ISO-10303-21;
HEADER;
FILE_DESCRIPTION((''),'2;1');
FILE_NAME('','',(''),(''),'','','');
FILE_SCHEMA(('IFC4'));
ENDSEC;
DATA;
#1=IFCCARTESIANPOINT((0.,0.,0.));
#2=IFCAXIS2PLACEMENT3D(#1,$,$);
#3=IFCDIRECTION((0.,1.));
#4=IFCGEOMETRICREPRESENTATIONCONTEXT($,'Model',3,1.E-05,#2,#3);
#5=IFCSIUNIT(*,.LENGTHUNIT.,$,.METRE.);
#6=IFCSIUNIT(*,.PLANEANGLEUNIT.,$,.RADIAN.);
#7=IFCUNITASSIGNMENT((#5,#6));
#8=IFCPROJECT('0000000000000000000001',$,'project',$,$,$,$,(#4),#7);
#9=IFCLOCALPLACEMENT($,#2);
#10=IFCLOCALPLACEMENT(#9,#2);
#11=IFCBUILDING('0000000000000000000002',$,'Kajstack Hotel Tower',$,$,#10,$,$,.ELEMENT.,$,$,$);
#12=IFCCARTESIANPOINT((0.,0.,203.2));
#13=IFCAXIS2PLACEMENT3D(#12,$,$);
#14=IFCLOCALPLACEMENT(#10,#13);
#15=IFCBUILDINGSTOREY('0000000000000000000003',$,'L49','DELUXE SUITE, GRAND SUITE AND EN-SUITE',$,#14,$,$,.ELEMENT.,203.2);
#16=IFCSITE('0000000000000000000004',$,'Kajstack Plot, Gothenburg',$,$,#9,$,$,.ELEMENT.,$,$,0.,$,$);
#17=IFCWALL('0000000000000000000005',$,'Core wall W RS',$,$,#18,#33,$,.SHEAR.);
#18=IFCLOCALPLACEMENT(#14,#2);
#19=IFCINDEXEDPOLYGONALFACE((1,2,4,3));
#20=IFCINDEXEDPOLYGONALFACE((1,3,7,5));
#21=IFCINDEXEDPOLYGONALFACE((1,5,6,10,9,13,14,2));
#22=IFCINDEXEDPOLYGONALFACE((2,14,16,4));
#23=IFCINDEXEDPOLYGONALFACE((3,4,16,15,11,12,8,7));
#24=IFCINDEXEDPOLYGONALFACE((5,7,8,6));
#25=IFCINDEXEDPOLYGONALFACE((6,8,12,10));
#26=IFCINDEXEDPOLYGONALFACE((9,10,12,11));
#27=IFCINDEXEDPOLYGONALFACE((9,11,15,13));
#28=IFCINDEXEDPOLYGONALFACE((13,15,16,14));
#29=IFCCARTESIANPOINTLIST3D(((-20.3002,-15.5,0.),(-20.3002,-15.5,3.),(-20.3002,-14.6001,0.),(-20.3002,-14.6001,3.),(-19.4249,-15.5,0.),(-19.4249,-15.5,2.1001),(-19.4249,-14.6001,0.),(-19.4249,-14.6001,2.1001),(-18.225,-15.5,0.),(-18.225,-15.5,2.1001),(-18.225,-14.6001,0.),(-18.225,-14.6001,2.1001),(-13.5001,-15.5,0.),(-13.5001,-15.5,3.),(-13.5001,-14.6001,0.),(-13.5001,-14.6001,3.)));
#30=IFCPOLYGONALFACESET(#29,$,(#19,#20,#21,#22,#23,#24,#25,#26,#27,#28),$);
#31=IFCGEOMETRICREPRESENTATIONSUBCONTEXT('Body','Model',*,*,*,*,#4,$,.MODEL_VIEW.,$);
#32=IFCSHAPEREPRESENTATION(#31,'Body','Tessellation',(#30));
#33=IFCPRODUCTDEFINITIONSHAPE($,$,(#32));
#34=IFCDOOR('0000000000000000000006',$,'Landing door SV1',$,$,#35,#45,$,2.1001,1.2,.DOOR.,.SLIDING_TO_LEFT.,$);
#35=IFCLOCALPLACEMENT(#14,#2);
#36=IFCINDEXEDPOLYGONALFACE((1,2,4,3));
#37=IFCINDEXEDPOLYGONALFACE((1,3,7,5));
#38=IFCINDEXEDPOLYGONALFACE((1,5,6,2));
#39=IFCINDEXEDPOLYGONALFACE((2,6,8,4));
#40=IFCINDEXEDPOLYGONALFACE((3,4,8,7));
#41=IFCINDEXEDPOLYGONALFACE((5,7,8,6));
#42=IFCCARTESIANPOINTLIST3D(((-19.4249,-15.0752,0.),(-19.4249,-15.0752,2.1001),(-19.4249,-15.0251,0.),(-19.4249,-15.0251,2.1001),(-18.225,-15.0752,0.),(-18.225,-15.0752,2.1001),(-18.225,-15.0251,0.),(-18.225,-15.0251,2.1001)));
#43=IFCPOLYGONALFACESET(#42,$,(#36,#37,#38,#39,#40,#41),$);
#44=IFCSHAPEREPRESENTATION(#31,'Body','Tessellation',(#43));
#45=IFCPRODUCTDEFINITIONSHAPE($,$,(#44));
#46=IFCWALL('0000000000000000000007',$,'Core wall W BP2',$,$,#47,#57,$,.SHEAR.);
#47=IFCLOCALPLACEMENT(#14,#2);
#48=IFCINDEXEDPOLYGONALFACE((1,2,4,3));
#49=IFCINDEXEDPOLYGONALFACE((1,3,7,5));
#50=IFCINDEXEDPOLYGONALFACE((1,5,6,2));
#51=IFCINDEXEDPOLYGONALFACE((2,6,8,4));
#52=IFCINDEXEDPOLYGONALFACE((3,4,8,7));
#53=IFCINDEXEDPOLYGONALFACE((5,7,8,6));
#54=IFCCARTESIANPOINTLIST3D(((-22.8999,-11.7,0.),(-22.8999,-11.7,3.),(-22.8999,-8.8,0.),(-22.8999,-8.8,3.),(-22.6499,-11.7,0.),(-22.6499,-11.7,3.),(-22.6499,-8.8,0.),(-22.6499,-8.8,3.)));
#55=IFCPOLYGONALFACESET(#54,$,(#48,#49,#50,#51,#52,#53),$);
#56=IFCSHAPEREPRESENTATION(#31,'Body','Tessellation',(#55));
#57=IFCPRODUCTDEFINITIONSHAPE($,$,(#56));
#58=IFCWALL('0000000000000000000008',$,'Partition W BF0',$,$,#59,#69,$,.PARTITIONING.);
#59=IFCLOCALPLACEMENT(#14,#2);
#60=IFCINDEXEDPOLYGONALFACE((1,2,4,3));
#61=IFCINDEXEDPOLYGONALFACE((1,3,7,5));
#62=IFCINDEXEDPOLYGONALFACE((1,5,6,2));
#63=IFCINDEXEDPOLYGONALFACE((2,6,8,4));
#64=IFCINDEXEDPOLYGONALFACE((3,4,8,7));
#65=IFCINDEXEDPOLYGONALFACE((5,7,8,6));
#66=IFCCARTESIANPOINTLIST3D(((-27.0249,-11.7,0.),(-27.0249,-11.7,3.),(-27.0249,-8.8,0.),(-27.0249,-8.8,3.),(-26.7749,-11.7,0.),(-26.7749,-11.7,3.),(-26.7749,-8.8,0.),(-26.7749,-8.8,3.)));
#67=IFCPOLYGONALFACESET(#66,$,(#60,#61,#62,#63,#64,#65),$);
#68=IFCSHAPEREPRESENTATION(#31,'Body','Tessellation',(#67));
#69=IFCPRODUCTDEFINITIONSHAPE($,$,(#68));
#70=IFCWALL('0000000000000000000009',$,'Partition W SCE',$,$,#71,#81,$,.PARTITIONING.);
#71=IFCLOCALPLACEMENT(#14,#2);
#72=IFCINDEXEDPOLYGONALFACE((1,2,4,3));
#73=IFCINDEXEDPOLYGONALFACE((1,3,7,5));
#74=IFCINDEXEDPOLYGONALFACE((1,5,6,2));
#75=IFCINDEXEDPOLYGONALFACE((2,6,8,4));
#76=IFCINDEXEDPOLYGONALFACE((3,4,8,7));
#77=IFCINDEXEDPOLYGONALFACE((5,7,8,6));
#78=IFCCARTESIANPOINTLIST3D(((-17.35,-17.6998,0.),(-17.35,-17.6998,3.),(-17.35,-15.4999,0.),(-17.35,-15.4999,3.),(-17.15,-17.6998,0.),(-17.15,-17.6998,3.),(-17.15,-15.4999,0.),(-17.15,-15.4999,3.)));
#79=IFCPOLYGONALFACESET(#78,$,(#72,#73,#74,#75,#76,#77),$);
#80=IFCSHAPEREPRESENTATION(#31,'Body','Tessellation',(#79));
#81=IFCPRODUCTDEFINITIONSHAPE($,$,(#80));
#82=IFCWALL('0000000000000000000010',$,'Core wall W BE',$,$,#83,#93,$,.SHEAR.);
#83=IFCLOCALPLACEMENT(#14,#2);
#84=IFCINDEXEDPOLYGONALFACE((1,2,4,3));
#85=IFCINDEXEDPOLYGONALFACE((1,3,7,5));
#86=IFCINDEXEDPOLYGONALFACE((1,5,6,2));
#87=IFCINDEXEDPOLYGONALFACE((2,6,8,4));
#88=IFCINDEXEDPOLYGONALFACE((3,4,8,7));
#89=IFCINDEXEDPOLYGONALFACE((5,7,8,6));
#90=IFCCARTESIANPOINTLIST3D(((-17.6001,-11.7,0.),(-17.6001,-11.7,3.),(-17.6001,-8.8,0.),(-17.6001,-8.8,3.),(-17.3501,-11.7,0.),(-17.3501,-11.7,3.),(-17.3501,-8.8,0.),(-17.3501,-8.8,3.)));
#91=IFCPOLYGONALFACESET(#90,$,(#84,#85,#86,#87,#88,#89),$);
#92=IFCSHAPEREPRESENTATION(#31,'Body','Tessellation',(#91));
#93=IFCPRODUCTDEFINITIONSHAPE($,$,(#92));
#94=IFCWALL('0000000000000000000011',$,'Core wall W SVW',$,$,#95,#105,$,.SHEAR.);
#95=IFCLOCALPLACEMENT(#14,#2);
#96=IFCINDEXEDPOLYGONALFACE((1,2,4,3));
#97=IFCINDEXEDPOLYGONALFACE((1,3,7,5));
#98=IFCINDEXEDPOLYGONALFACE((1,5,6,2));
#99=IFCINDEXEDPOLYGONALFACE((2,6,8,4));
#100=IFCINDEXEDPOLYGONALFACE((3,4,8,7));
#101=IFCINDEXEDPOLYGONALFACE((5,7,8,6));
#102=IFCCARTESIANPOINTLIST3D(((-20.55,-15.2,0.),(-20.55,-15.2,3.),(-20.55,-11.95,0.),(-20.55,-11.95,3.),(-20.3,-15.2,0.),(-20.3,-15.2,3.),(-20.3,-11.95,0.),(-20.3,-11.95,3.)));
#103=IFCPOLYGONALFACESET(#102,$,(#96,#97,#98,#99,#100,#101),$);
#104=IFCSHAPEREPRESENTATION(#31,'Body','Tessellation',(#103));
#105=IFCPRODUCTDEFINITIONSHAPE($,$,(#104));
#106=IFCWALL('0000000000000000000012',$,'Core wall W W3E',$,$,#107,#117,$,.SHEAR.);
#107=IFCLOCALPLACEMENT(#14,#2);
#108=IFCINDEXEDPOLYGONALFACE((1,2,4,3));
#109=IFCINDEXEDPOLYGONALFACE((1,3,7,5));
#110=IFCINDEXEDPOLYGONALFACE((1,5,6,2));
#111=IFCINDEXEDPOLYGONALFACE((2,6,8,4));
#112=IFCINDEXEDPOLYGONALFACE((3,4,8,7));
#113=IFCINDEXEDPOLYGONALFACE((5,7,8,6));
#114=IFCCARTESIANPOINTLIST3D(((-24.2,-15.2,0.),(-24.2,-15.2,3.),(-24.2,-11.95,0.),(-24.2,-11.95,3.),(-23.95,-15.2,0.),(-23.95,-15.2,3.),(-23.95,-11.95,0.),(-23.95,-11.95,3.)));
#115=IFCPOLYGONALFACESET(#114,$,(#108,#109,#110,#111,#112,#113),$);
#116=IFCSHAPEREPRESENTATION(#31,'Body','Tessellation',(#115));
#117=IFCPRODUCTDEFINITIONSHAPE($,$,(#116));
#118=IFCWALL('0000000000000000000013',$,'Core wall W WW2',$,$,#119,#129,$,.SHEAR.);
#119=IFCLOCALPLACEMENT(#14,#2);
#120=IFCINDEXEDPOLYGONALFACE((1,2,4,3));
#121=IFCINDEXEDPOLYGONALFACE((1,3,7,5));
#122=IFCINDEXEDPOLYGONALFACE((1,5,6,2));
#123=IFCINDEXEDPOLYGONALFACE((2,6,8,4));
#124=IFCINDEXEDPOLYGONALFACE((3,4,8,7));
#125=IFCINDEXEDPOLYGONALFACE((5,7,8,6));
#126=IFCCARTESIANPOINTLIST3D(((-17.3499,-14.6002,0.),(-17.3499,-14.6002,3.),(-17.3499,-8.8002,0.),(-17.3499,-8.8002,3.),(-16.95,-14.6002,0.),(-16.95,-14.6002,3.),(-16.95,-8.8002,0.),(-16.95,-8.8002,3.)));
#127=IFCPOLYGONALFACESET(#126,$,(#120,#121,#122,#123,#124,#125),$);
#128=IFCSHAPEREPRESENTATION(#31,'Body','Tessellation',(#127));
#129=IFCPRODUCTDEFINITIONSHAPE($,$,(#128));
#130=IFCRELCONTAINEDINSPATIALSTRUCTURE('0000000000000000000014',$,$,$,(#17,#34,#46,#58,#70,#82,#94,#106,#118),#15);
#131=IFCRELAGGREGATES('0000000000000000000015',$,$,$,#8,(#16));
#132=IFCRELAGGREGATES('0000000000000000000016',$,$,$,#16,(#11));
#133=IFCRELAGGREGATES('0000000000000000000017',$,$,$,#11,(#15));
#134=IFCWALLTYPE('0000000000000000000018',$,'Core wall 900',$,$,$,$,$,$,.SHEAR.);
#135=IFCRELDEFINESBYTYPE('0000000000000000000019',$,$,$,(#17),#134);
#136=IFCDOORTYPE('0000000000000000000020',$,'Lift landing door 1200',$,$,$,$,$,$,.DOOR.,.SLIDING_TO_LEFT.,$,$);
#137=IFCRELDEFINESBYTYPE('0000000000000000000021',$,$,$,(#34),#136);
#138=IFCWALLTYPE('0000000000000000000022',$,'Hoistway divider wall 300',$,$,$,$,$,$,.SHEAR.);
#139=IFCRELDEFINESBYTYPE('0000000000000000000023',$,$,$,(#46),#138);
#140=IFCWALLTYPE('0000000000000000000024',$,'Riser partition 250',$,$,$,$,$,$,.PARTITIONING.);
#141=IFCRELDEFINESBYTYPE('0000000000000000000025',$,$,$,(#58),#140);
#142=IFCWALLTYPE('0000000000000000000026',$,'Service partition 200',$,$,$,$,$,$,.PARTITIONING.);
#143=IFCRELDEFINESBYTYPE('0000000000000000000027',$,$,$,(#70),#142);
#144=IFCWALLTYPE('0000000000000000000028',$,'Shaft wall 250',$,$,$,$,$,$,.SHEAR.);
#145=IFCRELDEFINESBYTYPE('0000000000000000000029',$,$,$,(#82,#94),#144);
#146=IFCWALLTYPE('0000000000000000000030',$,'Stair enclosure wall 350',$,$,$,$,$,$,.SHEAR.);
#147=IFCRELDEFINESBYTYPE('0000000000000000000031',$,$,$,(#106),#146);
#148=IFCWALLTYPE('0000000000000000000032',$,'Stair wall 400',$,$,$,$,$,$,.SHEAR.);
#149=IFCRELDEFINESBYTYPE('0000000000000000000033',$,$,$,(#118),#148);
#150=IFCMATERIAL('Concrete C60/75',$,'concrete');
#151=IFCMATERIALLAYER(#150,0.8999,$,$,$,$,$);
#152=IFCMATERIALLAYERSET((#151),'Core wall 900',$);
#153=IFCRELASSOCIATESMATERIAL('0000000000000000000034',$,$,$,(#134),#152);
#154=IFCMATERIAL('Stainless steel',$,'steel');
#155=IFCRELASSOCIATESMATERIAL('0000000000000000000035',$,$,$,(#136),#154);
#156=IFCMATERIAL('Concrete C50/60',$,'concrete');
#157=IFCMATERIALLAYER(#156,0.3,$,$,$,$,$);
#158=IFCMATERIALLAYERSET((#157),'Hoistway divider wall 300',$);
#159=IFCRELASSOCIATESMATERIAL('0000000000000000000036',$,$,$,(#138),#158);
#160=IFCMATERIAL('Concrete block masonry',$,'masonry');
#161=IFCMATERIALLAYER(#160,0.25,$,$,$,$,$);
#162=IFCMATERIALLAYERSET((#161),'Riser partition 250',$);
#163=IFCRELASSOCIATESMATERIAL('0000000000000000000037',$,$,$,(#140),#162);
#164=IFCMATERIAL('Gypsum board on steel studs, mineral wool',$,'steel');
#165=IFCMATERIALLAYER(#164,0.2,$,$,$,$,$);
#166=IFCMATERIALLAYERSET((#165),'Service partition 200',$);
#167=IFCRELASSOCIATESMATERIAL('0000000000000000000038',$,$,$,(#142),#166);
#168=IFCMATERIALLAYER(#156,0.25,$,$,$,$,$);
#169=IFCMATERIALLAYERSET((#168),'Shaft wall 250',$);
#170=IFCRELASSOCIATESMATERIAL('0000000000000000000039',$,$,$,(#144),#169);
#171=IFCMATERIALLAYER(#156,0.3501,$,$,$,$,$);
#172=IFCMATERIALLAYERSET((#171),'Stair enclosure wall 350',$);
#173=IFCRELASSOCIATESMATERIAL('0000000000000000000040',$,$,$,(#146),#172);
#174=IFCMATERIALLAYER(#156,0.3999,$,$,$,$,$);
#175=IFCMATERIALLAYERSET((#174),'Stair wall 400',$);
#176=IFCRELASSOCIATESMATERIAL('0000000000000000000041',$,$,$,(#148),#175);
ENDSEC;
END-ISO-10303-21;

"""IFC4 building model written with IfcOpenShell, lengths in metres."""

from ifc_helpers import new_model, si_unit, direction, frame, frame_2d, origin, place, context, subcontext, project, spatial, rectangle, extrude, material, layer, layer_set, type_object, element, fill, save


model = new_model("IFC4")

# Units and contexts
model_context = context("Model", 3, precision=1e-05, world=origin(), true_north=direction((0.0, 1.0)))
body_context = subcontext(model_context, "Body", "Model", "MODEL_VIEW")
ifc_project = project(units=[si_unit("LENGTHUNIT", "METRE"), si_unit("PLANEANGLEUNIT", "RADIAN")], contexts=[model_context])

# Site, building, storey
site_placement = place(None, origin())
site = spatial("IfcSite", under=ifc_project, at=site_placement, Name="Kajstack Plot, Gothenburg", CompositionType="ELEMENT", RefElevation=0.0)
building_placement = place(site_placement, origin())
building = spatial("IfcBuilding", under=site, at=building_placement, Name="Kajstack Hotel Tower", CompositionType="ELEMENT")
storey_placement = place(building_placement, frame((0.0, 0.0, 203.2)))
storey = spatial("IfcBuildingStorey", under=building, at=storey_placement, Name="L49", Description="DELUXE SUITE, GRAND SUITE AND EN-SUITE", CompositionType="ELEMENT", Elevation=203.2)

# Wall, opening, door
ifc_material_1 = material(Name="Concrete C60/75", Category="concrete")
ifc_layer_1 = layer(ifc_material_1, 0.8999)
ifc_layer_set_1 = layer_set([ifc_layer_1], Name="Core wall 900")
wall_type_1 = type_object("IfcWallType", Name="Core wall 900", PredefinedType="SHEAR", material=ifc_layer_set_1)
wall_1_placement = place(storey_placement, frame((-20.3, -15.05, 0.0), z_axis=(0.0, 0.0, 1.0), x_axis=(1.0, 0.0, 0.0)))
wall_1 = element("IfcWall", 1, at=wall_1_placement, inside=storey, type_object=wall_type_1, Name="Core wall W RS", PredefinedType="SHEAR", context=body_context, shape_type="SweptSolid", body=[
    extrude(rectangle(XDim=6.8, YDim=0.8999, at=frame_2d((3.3999, 0.0))), origin(), (0.0, 0.0, 1.0), 3.0),
])
opening_placement = place(wall_1_placement, frame((0.875, 0.0, 0.0)))
opening = element("IfcOpeningElement", 2, at=opening_placement, cuts=wall_1, PredefinedType="OPENING", context=body_context, shape_type="SweptSolid", body=[
    extrude(rectangle(XDim=1.2, YDim=2.1001, at=frame_2d((0.6001, 1.05))), frame((0.0, 0.46, 0.0), z_axis=(0.0, -1.0, 0.0), x_axis=(1.0, 0.0, 0.0)), (0.0, 0.0, 1.0), 0.9199),
])
ifc_material_2 = material(Name="Stainless steel", Category="steel")
door_type = type_object("IfcDoorType", Name="Lift landing door 1200", OperationType="SLIDING_TO_LEFT", PredefinedType="DOOR", material=ifc_material_2)
door_placement = place(opening_placement, origin())
door = element("IfcDoor", 3, at=door_placement, inside=storey, type_object=door_type, Name="Landing door SV1", OperationType="SLIDING_TO_LEFT", OverallHeight=2.1001, OverallWidth=1.2, PredefinedType="DOOR", context=body_context, shape_type="SweptSolid", body=[
    extrude(rectangle(XDim=1.2, YDim=2.1001, at=frame_2d((0.6001, 1.05))), frame((0.0, 0.0249, 0.0), z_axis=(0.0, -1.0, 0.0), x_axis=(1.0, 0.0, 0.0)), (0.0, 0.0, 1.0), 0.05),
])
fill(opening, door)

# Walls
ifc_material_3 = material(Name="Concrete C50/60", Category="concrete")
ifc_layer_2 = layer(ifc_material_3, 0.3)
ifc_layer_set_2 = layer_set([ifc_layer_2], Name="Hoistway divider wall 300")
wall_type_2 = type_object("IfcWallType", Name="Hoistway divider wall 300", PredefinedType="SHEAR", material=ifc_layer_set_2)
wall_2_placement = place(storey_placement, frame((-22.7749, -11.7, 0.0), z_axis=(0.0, 0.0, 1.0), x_axis=(0.0, 1.0, 0.0)))
element("IfcWall", 4, at=wall_2_placement, inside=storey, type_object=wall_type_2, Name="Core wall W BP2", PredefinedType="SHEAR", context=body_context, shape_type="SweptSolid", body=[
    extrude(rectangle(XDim=2.8999, YDim=0.25, at=frame_2d((1.45, 0.0))), origin(), (0.0, 0.0, 1.0), 3.0),
])
ifc_material_4 = material(Name="Concrete block masonry", Category="masonry")
ifc_layer_3 = layer(ifc_material_4, 0.25)
ifc_layer_set_3 = layer_set([ifc_layer_3], Name="Riser partition 250")
wall_type_3 = type_object("IfcWallType", Name="Riser partition 250", PredefinedType="PARTITIONING", material=ifc_layer_set_3)
wall_3_placement = place(storey_placement, frame((-26.8999, -11.7, 0.0), z_axis=(0.0, 0.0, 1.0), x_axis=(0.0, 1.0, 0.0)))
element("IfcWall", 5, at=wall_3_placement, inside=storey, type_object=wall_type_3, Name="Partition W BF0", PredefinedType="PARTITIONING", context=body_context, shape_type="SweptSolid", body=[
    extrude(rectangle(XDim=2.8999, YDim=0.25, at=frame_2d((1.45, 0.0))), origin(), (0.0, 0.0, 1.0), 3.0),
])
ifc_material_5 = material(Name="Gypsum board on steel studs, mineral wool", Category="steel")
ifc_layer_4 = layer(ifc_material_5, 0.2)
ifc_layer_set_4 = layer_set([ifc_layer_4], Name="Service partition 200")
wall_type_4 = type_object("IfcWallType", Name="Service partition 200", PredefinedType="PARTITIONING", material=ifc_layer_set_4)
wall_4_placement = place(storey_placement, frame((-17.25, -17.7, 0.0), z_axis=(0.0, 0.0, 1.0), x_axis=(0.0, 1.0, 0.0)))
element("IfcWall", 6, at=wall_4_placement, inside=storey, type_object=wall_type_4, Name="Partition W SCE", PredefinedType="PARTITIONING", context=body_context, shape_type="SweptSolid", body=[
    extrude(rectangle(XDim=2.2, YDim=0.2, at=frame_2d((1.1001, 0.0))), origin(), (0.0, 0.0, 1.0), 3.0),
])
ifc_layer_5 = layer(ifc_material_3, 0.25)
ifc_layer_set_5 = layer_set([ifc_layer_5], Name="Shaft wall 250")
wall_type_5 = type_object("IfcWallType", Name="Shaft wall 250", PredefinedType="SHEAR", material=ifc_layer_set_5)
wall_5_placement = place(storey_placement, frame((-17.4751, -11.7, 0.0), z_axis=(0.0, 0.0, 1.0), x_axis=(0.0, 1.0, 0.0)))
element("IfcWall", 7, at=wall_5_placement, inside=storey, type_object=wall_type_5, Name="Core wall W BE", PredefinedType="SHEAR", context=body_context, shape_type="SweptSolid", body=[
    extrude(rectangle(XDim=2.8999, YDim=0.25, at=frame_2d((1.45, 0.0))), origin(), (0.0, 0.0, 1.0), 3.0),
])
wall_6_placement = place(storey_placement, frame((-20.425, -15.2, 0.0), z_axis=(0.0, 0.0, 1.0), x_axis=(0.0, 1.0, 0.0)))
element("IfcWall", 8, at=wall_6_placement, inside=storey, type_object=wall_type_5, Name="Core wall W SVW", PredefinedType="SHEAR", context=body_context, shape_type="SweptSolid", body=[
    extrude(rectangle(XDim=3.25, YDim=0.25, at=frame_2d((1.625, 0.0))), origin(), (0.0, 0.0, 1.0), 3.0),
])
ifc_layer_6 = layer(ifc_material_3, 0.3501)
ifc_layer_set_6 = layer_set([ifc_layer_6], Name="Stair enclosure wall 350")
wall_type_6 = type_object("IfcWallType", Name="Stair enclosure wall 350", PredefinedType="SHEAR", material=ifc_layer_set_6)
wall_7_placement = place(storey_placement, frame((-24.075, -15.2, 0.0), z_axis=(0.0, 0.0, 1.0), x_axis=(0.0, 1.0, 0.0)))
element("IfcWall", 9, at=wall_7_placement, inside=storey, type_object=wall_type_6, Name="Core wall W W3E", PredefinedType="SHEAR", context=body_context, shape_type="SweptSolid", body=[
    extrude(rectangle(XDim=3.25, YDim=0.25, at=frame_2d((1.625, 0.0))), origin(), (0.0, 0.0, 1.0), 3.0),
])
ifc_layer_7 = layer(ifc_material_3, 0.3999)
ifc_layer_set_7 = layer_set([ifc_layer_7], Name="Stair wall 400")
wall_type_7 = type_object("IfcWallType", Name="Stair wall 400", PredefinedType="SHEAR", material=ifc_layer_set_7)
wall_8_placement = place(storey_placement, frame((-17.1499, -14.6001, 0.0), z_axis=(0.0, 0.0, 1.0), x_axis=(0.0, 1.0, 0.0)))
element("IfcWall", 10, at=wall_8_placement, inside=storey, type_object=wall_type_7, Name="Core wall W WW2", PredefinedType="SHEAR", context=body_context, shape_type="SweptSolid", body=[
    extrude(rectangle(XDim=5.8, YDim=0.3999, at=frame_2d((2.8999, 0.0))), origin(), (0.0, 0.0, 1.0), 3.0),
])

save(model, "model.ifc")
